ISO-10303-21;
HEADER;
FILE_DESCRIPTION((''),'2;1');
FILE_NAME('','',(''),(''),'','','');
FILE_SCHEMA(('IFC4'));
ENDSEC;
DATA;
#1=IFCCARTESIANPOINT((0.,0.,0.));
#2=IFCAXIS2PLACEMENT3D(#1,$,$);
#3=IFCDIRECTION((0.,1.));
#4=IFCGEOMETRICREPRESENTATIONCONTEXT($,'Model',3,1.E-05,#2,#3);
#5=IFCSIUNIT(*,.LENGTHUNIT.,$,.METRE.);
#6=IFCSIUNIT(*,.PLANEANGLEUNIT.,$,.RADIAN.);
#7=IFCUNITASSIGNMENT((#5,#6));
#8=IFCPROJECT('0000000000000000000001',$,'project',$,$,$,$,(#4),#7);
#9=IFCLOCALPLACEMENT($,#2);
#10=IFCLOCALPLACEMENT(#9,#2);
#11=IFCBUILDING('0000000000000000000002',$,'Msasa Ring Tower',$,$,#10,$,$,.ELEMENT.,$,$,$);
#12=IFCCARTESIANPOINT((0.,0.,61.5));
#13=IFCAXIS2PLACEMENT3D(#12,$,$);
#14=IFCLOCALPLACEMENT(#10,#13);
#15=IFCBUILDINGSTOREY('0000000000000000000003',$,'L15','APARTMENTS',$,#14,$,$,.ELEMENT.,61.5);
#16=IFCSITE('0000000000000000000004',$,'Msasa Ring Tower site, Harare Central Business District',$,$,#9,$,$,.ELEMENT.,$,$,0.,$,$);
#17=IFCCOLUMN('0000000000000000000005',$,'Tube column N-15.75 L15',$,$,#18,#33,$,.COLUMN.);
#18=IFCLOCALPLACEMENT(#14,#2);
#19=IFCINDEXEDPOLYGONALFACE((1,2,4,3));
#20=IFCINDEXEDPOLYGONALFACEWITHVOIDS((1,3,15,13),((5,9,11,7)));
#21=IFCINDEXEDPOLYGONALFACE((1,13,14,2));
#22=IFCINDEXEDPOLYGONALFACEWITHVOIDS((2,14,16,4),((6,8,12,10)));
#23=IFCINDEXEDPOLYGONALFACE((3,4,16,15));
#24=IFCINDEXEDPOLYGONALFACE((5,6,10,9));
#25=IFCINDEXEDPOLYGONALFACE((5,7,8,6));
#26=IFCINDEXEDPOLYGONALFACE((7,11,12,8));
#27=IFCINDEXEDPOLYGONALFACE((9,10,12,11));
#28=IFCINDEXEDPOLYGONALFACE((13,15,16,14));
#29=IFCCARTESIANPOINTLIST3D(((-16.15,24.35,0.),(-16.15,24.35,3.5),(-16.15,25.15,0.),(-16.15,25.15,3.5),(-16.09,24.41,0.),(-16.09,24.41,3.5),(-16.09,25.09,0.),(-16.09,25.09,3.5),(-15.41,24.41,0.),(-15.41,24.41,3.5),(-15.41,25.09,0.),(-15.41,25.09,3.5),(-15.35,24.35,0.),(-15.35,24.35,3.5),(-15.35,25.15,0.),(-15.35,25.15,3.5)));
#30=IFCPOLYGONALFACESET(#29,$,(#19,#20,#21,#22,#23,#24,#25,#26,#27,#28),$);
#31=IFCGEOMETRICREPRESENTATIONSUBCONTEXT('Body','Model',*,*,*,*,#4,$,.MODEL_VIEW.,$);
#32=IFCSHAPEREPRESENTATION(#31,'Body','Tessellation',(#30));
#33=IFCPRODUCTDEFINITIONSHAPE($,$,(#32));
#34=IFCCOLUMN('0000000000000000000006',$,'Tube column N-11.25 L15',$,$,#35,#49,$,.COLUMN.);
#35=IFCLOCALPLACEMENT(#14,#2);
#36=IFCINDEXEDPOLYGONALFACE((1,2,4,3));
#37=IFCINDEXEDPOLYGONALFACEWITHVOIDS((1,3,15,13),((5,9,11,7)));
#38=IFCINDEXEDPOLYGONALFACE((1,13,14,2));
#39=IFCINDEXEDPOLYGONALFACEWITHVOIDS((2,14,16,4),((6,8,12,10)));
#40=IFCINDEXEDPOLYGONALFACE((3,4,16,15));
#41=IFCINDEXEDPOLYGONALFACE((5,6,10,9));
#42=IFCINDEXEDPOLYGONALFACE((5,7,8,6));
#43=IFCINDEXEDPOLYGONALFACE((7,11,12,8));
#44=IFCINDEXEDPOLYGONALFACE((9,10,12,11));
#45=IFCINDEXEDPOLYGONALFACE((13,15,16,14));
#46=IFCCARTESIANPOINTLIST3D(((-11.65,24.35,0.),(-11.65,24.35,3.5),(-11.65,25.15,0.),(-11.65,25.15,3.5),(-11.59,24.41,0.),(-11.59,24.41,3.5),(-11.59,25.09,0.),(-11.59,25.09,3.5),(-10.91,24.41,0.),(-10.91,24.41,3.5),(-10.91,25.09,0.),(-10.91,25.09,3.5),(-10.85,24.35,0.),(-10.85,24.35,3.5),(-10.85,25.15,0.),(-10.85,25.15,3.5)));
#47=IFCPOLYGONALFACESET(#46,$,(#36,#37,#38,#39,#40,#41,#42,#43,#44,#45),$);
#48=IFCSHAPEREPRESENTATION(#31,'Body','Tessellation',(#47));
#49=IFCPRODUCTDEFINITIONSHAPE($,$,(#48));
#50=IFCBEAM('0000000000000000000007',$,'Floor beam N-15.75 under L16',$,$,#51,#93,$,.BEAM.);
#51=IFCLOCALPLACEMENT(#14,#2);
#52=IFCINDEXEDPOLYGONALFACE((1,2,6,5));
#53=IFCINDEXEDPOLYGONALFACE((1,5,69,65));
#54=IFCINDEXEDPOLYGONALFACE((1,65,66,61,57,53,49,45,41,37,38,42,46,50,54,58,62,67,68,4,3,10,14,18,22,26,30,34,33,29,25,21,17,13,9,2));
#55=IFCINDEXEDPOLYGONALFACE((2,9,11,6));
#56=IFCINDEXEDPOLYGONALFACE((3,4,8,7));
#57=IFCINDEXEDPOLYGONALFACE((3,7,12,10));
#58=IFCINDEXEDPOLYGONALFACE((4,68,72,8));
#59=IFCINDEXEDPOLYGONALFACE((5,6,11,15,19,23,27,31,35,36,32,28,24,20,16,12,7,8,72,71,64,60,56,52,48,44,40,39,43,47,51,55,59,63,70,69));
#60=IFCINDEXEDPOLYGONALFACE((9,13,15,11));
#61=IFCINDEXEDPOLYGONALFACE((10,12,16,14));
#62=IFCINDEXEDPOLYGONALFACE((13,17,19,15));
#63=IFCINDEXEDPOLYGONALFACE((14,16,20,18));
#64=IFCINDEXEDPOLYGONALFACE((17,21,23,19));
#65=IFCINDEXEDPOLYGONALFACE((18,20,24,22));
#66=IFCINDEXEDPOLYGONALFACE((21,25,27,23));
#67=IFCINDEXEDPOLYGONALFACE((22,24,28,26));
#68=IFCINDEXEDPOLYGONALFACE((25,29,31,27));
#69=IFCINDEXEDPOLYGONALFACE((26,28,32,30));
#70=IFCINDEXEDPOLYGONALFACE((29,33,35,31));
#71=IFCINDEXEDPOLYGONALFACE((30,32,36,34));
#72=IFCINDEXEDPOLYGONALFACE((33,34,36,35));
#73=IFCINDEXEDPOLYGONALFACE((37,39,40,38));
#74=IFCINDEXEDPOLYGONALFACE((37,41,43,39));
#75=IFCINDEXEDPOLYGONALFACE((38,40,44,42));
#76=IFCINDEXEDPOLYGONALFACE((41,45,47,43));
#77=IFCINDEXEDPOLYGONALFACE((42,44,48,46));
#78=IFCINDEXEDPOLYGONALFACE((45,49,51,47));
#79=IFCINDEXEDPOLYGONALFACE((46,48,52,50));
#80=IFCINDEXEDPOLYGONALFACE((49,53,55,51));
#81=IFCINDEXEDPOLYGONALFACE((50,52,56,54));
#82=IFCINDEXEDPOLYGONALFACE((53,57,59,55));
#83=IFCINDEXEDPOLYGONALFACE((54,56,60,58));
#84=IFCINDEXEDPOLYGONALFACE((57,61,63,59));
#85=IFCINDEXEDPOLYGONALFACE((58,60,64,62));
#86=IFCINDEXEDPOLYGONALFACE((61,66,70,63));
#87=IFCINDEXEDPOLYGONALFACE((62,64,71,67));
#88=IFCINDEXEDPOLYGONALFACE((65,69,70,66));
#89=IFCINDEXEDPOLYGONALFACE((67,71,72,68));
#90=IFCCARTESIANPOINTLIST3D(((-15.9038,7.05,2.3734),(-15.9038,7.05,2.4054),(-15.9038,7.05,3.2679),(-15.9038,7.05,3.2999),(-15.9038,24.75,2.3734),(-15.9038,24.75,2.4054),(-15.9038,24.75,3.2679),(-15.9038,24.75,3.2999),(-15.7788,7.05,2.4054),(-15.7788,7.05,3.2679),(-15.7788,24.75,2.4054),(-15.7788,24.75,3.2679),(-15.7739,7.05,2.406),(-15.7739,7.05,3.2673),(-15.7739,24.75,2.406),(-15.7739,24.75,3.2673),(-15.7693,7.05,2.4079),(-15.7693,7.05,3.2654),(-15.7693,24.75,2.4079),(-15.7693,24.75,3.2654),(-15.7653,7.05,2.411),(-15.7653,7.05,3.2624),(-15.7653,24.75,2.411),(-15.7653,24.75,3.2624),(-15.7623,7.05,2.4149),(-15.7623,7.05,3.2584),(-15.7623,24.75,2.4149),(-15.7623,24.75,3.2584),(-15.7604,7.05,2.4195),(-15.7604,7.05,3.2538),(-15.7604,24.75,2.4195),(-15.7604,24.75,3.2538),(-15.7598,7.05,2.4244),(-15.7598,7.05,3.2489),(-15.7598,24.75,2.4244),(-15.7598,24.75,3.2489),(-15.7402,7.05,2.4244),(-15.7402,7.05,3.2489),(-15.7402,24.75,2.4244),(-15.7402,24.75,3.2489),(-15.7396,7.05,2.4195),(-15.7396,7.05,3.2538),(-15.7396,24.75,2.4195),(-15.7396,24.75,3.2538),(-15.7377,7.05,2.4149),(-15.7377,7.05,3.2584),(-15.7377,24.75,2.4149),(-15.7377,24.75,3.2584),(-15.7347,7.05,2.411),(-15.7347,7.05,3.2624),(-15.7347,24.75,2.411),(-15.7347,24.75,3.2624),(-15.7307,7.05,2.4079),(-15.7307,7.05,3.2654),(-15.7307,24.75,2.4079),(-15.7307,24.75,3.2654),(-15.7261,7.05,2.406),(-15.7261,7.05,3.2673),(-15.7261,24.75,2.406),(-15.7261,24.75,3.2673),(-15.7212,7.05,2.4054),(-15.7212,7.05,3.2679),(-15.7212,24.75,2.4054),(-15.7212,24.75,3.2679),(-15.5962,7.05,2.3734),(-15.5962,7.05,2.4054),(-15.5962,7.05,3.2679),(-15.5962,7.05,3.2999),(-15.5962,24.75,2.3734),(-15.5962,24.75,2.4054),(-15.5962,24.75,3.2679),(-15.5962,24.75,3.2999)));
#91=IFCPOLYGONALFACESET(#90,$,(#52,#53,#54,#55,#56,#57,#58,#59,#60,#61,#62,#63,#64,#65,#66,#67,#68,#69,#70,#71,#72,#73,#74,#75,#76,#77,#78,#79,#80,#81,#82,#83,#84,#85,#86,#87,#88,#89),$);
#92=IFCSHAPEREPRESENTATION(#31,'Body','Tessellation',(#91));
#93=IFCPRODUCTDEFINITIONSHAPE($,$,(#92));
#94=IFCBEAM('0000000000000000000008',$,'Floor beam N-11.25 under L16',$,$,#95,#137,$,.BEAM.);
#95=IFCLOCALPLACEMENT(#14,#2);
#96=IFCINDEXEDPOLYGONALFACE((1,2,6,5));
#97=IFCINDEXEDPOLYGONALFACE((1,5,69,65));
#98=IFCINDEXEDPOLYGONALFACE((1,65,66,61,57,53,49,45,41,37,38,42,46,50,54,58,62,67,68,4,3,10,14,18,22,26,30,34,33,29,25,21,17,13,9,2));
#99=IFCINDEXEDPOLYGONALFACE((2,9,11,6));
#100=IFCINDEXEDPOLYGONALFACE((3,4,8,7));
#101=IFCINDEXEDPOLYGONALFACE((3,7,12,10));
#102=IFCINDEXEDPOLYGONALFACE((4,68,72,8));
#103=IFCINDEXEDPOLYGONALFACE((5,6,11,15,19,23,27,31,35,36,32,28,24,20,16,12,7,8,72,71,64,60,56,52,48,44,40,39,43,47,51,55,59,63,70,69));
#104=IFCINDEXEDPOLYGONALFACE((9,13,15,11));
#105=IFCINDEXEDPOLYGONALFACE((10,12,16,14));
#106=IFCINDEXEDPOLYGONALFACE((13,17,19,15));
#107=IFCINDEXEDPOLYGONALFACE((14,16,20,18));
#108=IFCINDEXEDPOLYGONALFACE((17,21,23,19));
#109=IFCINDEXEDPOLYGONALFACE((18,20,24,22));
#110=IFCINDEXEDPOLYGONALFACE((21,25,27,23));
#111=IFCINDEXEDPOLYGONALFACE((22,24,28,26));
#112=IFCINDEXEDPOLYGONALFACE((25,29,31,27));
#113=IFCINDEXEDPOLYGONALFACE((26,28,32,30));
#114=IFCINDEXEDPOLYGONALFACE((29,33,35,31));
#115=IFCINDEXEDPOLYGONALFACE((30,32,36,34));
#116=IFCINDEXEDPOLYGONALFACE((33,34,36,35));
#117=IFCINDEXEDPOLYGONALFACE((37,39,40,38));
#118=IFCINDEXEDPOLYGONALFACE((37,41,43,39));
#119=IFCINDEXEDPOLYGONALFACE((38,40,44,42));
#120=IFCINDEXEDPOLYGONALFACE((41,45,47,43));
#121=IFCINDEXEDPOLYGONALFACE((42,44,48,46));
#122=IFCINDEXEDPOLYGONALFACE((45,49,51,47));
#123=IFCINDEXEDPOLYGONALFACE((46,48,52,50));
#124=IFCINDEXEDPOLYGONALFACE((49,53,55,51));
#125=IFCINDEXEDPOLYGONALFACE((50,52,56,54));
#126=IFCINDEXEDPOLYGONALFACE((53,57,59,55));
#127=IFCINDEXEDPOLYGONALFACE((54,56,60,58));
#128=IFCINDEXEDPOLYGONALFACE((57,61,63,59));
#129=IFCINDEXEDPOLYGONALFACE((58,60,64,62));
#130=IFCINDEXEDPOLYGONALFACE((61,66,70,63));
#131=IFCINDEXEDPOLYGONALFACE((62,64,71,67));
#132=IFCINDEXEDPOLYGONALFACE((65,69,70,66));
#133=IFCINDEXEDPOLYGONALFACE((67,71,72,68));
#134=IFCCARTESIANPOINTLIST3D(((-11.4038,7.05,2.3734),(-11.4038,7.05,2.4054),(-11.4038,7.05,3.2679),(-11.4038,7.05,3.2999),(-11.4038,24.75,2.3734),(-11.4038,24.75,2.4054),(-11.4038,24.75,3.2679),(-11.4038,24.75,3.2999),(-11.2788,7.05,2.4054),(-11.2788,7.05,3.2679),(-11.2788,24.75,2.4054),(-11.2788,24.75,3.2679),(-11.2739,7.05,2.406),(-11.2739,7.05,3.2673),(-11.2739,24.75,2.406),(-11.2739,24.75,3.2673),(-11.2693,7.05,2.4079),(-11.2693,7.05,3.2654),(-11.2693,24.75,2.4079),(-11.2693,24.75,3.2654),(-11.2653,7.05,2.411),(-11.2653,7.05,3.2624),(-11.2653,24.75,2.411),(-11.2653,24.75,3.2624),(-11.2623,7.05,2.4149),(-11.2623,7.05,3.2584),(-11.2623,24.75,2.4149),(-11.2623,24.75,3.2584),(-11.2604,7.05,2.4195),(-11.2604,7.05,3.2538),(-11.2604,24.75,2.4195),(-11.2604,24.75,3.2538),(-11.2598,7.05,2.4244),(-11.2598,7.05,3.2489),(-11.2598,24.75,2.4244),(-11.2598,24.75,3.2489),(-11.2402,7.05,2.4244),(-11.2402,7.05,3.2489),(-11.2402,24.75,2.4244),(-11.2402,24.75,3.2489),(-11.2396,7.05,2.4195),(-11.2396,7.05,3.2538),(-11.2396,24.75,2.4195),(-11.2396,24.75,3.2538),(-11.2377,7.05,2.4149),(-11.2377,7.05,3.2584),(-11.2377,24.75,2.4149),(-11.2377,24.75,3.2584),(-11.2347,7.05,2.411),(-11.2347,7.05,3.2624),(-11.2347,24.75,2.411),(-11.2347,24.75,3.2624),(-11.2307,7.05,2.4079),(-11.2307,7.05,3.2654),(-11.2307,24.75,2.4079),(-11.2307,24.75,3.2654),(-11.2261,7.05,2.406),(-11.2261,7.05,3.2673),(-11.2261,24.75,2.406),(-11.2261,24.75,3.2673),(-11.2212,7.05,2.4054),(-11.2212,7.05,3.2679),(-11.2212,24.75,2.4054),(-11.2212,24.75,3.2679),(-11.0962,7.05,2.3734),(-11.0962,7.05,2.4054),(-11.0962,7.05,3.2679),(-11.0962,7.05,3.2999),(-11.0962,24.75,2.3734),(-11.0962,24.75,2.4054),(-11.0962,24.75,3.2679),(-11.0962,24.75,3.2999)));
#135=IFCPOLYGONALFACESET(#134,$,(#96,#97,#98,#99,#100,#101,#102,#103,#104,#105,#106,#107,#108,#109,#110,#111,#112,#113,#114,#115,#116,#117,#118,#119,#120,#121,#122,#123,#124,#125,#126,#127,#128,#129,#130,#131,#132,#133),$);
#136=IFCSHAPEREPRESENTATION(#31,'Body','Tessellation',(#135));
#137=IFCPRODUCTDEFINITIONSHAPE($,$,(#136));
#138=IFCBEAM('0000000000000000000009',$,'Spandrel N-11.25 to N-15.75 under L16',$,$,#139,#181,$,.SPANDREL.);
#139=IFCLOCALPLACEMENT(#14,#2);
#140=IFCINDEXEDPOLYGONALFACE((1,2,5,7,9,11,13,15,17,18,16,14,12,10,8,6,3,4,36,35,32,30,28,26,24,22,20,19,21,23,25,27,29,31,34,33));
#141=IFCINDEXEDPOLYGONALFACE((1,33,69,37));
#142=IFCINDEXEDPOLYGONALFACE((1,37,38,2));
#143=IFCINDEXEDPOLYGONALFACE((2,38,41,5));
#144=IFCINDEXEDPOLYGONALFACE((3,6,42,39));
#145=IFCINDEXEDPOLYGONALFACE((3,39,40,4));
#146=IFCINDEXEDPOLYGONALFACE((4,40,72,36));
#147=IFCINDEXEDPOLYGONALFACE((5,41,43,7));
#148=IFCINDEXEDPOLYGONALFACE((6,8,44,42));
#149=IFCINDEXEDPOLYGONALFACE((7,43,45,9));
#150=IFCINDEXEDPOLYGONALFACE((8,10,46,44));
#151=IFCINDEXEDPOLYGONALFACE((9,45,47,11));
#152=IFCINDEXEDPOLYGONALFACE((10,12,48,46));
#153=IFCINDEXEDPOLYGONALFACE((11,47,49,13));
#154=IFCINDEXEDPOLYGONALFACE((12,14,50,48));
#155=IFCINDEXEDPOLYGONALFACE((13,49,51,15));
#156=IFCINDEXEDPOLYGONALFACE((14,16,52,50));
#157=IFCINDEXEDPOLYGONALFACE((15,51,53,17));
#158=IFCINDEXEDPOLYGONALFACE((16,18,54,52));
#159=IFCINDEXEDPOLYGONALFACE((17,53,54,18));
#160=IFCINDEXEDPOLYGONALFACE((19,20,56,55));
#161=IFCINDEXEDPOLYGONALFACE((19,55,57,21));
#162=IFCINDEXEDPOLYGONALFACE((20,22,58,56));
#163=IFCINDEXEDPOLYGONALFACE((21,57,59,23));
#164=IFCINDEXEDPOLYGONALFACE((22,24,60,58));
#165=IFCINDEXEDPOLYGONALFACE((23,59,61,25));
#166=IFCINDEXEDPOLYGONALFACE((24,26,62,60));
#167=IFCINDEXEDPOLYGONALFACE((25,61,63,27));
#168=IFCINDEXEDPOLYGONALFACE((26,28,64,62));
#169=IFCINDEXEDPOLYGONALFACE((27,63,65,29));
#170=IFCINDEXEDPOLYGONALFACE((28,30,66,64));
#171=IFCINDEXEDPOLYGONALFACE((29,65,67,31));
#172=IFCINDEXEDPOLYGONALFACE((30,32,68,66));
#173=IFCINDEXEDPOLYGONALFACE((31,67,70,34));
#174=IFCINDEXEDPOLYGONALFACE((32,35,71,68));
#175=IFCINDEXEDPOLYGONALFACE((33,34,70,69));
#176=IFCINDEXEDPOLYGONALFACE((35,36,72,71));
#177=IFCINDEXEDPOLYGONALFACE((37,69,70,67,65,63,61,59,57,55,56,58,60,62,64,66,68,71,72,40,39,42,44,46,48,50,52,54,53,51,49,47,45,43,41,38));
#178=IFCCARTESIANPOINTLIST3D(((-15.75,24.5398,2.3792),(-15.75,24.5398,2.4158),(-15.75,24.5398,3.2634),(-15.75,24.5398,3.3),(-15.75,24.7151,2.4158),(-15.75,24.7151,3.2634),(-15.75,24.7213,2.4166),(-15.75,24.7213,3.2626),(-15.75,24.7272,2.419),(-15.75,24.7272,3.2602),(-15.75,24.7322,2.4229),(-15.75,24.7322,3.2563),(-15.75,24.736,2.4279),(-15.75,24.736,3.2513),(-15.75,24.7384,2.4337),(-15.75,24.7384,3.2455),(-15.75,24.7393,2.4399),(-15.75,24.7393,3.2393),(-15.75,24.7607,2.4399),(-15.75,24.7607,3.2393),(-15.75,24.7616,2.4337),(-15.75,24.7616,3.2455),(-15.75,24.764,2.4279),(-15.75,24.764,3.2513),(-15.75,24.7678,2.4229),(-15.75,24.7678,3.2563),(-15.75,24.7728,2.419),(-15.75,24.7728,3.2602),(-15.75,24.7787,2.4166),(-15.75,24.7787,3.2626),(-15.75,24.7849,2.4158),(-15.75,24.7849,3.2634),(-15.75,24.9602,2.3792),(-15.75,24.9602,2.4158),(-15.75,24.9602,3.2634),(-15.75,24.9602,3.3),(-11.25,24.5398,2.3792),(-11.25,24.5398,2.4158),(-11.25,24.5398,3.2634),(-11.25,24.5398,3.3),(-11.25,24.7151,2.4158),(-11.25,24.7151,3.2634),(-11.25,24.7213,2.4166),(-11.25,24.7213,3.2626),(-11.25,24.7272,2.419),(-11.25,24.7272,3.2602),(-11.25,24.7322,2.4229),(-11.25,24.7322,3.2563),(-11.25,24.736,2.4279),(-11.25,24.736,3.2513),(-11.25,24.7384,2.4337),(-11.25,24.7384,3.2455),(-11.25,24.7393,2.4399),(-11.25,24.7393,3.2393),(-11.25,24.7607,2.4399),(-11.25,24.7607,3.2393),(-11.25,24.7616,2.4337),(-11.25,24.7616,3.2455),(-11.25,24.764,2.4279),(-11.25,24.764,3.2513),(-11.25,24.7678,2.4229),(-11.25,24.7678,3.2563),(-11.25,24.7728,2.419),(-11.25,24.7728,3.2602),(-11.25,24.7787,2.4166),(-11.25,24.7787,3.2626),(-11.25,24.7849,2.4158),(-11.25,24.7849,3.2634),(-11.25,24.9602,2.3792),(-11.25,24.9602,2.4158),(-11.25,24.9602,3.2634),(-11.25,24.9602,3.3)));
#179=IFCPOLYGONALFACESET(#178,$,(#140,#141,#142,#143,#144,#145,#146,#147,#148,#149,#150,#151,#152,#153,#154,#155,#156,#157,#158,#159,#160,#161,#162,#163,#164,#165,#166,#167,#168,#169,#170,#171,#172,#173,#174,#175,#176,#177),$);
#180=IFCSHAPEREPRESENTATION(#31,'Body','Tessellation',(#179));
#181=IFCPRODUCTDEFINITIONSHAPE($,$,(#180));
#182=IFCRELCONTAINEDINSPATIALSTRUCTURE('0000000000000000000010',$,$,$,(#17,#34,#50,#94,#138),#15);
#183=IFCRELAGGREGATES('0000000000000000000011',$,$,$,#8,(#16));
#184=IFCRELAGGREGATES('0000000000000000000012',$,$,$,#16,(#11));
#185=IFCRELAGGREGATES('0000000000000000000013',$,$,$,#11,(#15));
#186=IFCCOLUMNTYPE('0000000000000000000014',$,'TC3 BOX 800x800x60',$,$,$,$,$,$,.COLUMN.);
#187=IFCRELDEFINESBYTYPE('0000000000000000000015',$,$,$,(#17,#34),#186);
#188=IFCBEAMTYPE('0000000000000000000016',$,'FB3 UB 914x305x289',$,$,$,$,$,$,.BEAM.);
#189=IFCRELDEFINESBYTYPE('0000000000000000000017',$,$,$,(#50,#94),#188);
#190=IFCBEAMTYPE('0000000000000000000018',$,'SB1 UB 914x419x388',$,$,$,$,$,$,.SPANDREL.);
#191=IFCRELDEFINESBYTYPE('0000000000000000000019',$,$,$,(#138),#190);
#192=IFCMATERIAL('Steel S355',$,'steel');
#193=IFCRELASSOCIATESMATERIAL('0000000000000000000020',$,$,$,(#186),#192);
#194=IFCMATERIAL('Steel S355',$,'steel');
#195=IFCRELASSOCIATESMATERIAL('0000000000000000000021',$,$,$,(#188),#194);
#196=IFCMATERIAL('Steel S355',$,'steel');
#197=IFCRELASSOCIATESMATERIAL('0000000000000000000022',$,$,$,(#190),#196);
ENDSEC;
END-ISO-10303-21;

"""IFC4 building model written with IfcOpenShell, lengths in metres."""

from ifc_helpers import new_model, si_unit, direction, frame, origin, origin_2d, place, context, subcontext, project, spatial, hollow_rectangle, i_section, extrude, material, material_profile, profile_set, type_object, element, save


model = new_model("IFC4")

# Units and contexts
model_context = context("Model", 3, precision=1e-05, world=origin(), true_north=direction((0.0, 1.0)))
body_context = subcontext(model_context, "Body", "Model", "MODEL_VIEW")
ifc_project = project(units=[si_unit("LENGTHUNIT", "METRE"), si_unit("PLANEANGLEUNIT", "RADIAN")], contexts=[model_context])

# Site, building, storey
site_placement = place(None, origin())
site = spatial("IfcSite", under=ifc_project, at=site_placement, Name="Msasa Ring Tower site, Harare Central Business District", CompositionType="ELEMENT", RefElevation=0.0)
building_placement = place(site_placement, origin())
building = spatial("IfcBuilding", under=site, at=building_placement, Name="Msasa Ring Tower", CompositionType="ELEMENT")
storey_placement = place(building_placement, frame((0.0, 0.0, 61.5)))
storey = spatial("IfcBuildingStorey", under=building, at=storey_placement, Name="L15", Description="APARTMENTS", CompositionType="ELEMENT", Elevation=61.5)

# Columns
ifc_material_1 = material(Name="Steel S355", Category="steel")
ifc_material_profile_1 = material_profile(ifc_material_1, hollow_rectangle(XDim=0.8, YDim=0.8, WallThickness=0.0601, at=origin_2d()), Name="BOX 800x800x60")
ifc_profile_set_1 = profile_set([ifc_material_profile_1], Name="Steel S355")
column_type = type_object("IfcColumnType", Name="TC3 BOX 800x800x60", PredefinedType="COLUMN", material=ifc_profile_set_1)
for number, where, z_axis, x_axis, name in (
    (1, (-15.75, 24.75, 0.0), (0.0, 0.0, 1.0), (0.0, 1.0, 0.0), "Tube column N-15.75 L15"),
    (2, (-11.25, 24.75, 0.0), (0.0, 0.0, 1.0), (0.0, 1.0, 0.0), "Tube column N-11.25 L15"),
):
    element("IfcColumn", number, at=place(storey_placement, frame(where, z_axis=z_axis, x_axis=x_axis)), inside=storey, type_object=column_type, Name=name, PredefinedType="COLUMN", context=body_context, shape_type="SweptSolid", body=[
        extrude(hollow_rectangle(XDim=0.8, YDim=0.8, WallThickness=0.0601, at=origin_2d()), origin(), (0.0, 0.0, 1.0), 3.5),
    ])

# Beams
ifc_material_2 = material(Name="Steel S355", Category="steel")
ifc_material_profile_2 = material_profile(ifc_material_2, i_section(OverallWidth=0.3076, OverallDepth=0.9265, WebThickness=0.0195, FlangeThickness=0.032, FilletRadius=0.019, at=origin_2d()), Name="UB 914x305x289")
ifc_profile_set_2 = profile_set([ifc_material_profile_2], Name="Steel S355")
beam_type_1 = type_object("IfcBeamType", Name="FB3 UB 914x305x289", PredefinedType="BEAM", material=ifc_profile_set_2)
for number, where, z_axis, x_axis, name in (
    (3, (-15.75, 24.75, 2.8367), (0.0, -1.0, 0.0), (1.0, 0.0, 0.0), "Floor beam N-15.75 under L16"),
    (4, (-11.25, 24.75, 2.8367), (0.0, -1.0, 0.0), (1.0, 0.0, 0.0), "Floor beam N-11.25 under L16"),
):
    element("IfcBeam", number, at=place(storey_placement, frame(where, z_axis=z_axis, x_axis=x_axis)), inside=storey, type_object=beam_type_1, Name=name, PredefinedType="BEAM", context=body_context, shape_type="SweptSolid", body=[
        extrude(i_section(OverallWidth=0.3076, OverallDepth=0.9265, WebThickness=0.0195, FlangeThickness=0.032, FilletRadius=0.019, at=origin_2d()), origin(), (0.0, 0.0, 1.0), 17.7),
    ])
ifc_material_3 = material(Name="Steel S355", Category="steel")
ifc_material_profile_3 = material_profile(ifc_material_3, i_section(OverallWidth=0.4204, OverallDepth=0.9209, WebThickness=0.0215, FlangeThickness=0.0366, FilletRadius=0.0242, at=origin_2d()), Name="UB 914x419x388")
ifc_profile_set_3 = profile_set([ifc_material_profile_3], Name="Steel S355")
beam_type_2 = type_object("IfcBeamType", Name="SB1 UB 914x419x388", PredefinedType="SPANDREL", material=ifc_profile_set_3)
for number, where, z_axis, x_axis, name in (
    (5, (-11.25, 24.75, 2.8396), (-1.0, 0.0, 0.0), (0.0, -1.0, 0.0), "Spandrel N-11.25 to N-15.75 under L16"),
):
    element("IfcBeam", number, at=place(storey_placement, frame(where, z_axis=z_axis, x_axis=x_axis)), inside=storey, type_object=beam_type_2, Name=name, PredefinedType="SPANDREL", context=body_context, shape_type="SweptSolid", body=[
        extrude(i_section(OverallWidth=0.4204, OverallDepth=0.9209, WebThickness=0.0215, FlangeThickness=0.0366, FilletRadius=0.0242, at=origin_2d()), origin(), (0.0, 0.0, 1.0), 4.5),
    ])

save(model, "model.ifc")
